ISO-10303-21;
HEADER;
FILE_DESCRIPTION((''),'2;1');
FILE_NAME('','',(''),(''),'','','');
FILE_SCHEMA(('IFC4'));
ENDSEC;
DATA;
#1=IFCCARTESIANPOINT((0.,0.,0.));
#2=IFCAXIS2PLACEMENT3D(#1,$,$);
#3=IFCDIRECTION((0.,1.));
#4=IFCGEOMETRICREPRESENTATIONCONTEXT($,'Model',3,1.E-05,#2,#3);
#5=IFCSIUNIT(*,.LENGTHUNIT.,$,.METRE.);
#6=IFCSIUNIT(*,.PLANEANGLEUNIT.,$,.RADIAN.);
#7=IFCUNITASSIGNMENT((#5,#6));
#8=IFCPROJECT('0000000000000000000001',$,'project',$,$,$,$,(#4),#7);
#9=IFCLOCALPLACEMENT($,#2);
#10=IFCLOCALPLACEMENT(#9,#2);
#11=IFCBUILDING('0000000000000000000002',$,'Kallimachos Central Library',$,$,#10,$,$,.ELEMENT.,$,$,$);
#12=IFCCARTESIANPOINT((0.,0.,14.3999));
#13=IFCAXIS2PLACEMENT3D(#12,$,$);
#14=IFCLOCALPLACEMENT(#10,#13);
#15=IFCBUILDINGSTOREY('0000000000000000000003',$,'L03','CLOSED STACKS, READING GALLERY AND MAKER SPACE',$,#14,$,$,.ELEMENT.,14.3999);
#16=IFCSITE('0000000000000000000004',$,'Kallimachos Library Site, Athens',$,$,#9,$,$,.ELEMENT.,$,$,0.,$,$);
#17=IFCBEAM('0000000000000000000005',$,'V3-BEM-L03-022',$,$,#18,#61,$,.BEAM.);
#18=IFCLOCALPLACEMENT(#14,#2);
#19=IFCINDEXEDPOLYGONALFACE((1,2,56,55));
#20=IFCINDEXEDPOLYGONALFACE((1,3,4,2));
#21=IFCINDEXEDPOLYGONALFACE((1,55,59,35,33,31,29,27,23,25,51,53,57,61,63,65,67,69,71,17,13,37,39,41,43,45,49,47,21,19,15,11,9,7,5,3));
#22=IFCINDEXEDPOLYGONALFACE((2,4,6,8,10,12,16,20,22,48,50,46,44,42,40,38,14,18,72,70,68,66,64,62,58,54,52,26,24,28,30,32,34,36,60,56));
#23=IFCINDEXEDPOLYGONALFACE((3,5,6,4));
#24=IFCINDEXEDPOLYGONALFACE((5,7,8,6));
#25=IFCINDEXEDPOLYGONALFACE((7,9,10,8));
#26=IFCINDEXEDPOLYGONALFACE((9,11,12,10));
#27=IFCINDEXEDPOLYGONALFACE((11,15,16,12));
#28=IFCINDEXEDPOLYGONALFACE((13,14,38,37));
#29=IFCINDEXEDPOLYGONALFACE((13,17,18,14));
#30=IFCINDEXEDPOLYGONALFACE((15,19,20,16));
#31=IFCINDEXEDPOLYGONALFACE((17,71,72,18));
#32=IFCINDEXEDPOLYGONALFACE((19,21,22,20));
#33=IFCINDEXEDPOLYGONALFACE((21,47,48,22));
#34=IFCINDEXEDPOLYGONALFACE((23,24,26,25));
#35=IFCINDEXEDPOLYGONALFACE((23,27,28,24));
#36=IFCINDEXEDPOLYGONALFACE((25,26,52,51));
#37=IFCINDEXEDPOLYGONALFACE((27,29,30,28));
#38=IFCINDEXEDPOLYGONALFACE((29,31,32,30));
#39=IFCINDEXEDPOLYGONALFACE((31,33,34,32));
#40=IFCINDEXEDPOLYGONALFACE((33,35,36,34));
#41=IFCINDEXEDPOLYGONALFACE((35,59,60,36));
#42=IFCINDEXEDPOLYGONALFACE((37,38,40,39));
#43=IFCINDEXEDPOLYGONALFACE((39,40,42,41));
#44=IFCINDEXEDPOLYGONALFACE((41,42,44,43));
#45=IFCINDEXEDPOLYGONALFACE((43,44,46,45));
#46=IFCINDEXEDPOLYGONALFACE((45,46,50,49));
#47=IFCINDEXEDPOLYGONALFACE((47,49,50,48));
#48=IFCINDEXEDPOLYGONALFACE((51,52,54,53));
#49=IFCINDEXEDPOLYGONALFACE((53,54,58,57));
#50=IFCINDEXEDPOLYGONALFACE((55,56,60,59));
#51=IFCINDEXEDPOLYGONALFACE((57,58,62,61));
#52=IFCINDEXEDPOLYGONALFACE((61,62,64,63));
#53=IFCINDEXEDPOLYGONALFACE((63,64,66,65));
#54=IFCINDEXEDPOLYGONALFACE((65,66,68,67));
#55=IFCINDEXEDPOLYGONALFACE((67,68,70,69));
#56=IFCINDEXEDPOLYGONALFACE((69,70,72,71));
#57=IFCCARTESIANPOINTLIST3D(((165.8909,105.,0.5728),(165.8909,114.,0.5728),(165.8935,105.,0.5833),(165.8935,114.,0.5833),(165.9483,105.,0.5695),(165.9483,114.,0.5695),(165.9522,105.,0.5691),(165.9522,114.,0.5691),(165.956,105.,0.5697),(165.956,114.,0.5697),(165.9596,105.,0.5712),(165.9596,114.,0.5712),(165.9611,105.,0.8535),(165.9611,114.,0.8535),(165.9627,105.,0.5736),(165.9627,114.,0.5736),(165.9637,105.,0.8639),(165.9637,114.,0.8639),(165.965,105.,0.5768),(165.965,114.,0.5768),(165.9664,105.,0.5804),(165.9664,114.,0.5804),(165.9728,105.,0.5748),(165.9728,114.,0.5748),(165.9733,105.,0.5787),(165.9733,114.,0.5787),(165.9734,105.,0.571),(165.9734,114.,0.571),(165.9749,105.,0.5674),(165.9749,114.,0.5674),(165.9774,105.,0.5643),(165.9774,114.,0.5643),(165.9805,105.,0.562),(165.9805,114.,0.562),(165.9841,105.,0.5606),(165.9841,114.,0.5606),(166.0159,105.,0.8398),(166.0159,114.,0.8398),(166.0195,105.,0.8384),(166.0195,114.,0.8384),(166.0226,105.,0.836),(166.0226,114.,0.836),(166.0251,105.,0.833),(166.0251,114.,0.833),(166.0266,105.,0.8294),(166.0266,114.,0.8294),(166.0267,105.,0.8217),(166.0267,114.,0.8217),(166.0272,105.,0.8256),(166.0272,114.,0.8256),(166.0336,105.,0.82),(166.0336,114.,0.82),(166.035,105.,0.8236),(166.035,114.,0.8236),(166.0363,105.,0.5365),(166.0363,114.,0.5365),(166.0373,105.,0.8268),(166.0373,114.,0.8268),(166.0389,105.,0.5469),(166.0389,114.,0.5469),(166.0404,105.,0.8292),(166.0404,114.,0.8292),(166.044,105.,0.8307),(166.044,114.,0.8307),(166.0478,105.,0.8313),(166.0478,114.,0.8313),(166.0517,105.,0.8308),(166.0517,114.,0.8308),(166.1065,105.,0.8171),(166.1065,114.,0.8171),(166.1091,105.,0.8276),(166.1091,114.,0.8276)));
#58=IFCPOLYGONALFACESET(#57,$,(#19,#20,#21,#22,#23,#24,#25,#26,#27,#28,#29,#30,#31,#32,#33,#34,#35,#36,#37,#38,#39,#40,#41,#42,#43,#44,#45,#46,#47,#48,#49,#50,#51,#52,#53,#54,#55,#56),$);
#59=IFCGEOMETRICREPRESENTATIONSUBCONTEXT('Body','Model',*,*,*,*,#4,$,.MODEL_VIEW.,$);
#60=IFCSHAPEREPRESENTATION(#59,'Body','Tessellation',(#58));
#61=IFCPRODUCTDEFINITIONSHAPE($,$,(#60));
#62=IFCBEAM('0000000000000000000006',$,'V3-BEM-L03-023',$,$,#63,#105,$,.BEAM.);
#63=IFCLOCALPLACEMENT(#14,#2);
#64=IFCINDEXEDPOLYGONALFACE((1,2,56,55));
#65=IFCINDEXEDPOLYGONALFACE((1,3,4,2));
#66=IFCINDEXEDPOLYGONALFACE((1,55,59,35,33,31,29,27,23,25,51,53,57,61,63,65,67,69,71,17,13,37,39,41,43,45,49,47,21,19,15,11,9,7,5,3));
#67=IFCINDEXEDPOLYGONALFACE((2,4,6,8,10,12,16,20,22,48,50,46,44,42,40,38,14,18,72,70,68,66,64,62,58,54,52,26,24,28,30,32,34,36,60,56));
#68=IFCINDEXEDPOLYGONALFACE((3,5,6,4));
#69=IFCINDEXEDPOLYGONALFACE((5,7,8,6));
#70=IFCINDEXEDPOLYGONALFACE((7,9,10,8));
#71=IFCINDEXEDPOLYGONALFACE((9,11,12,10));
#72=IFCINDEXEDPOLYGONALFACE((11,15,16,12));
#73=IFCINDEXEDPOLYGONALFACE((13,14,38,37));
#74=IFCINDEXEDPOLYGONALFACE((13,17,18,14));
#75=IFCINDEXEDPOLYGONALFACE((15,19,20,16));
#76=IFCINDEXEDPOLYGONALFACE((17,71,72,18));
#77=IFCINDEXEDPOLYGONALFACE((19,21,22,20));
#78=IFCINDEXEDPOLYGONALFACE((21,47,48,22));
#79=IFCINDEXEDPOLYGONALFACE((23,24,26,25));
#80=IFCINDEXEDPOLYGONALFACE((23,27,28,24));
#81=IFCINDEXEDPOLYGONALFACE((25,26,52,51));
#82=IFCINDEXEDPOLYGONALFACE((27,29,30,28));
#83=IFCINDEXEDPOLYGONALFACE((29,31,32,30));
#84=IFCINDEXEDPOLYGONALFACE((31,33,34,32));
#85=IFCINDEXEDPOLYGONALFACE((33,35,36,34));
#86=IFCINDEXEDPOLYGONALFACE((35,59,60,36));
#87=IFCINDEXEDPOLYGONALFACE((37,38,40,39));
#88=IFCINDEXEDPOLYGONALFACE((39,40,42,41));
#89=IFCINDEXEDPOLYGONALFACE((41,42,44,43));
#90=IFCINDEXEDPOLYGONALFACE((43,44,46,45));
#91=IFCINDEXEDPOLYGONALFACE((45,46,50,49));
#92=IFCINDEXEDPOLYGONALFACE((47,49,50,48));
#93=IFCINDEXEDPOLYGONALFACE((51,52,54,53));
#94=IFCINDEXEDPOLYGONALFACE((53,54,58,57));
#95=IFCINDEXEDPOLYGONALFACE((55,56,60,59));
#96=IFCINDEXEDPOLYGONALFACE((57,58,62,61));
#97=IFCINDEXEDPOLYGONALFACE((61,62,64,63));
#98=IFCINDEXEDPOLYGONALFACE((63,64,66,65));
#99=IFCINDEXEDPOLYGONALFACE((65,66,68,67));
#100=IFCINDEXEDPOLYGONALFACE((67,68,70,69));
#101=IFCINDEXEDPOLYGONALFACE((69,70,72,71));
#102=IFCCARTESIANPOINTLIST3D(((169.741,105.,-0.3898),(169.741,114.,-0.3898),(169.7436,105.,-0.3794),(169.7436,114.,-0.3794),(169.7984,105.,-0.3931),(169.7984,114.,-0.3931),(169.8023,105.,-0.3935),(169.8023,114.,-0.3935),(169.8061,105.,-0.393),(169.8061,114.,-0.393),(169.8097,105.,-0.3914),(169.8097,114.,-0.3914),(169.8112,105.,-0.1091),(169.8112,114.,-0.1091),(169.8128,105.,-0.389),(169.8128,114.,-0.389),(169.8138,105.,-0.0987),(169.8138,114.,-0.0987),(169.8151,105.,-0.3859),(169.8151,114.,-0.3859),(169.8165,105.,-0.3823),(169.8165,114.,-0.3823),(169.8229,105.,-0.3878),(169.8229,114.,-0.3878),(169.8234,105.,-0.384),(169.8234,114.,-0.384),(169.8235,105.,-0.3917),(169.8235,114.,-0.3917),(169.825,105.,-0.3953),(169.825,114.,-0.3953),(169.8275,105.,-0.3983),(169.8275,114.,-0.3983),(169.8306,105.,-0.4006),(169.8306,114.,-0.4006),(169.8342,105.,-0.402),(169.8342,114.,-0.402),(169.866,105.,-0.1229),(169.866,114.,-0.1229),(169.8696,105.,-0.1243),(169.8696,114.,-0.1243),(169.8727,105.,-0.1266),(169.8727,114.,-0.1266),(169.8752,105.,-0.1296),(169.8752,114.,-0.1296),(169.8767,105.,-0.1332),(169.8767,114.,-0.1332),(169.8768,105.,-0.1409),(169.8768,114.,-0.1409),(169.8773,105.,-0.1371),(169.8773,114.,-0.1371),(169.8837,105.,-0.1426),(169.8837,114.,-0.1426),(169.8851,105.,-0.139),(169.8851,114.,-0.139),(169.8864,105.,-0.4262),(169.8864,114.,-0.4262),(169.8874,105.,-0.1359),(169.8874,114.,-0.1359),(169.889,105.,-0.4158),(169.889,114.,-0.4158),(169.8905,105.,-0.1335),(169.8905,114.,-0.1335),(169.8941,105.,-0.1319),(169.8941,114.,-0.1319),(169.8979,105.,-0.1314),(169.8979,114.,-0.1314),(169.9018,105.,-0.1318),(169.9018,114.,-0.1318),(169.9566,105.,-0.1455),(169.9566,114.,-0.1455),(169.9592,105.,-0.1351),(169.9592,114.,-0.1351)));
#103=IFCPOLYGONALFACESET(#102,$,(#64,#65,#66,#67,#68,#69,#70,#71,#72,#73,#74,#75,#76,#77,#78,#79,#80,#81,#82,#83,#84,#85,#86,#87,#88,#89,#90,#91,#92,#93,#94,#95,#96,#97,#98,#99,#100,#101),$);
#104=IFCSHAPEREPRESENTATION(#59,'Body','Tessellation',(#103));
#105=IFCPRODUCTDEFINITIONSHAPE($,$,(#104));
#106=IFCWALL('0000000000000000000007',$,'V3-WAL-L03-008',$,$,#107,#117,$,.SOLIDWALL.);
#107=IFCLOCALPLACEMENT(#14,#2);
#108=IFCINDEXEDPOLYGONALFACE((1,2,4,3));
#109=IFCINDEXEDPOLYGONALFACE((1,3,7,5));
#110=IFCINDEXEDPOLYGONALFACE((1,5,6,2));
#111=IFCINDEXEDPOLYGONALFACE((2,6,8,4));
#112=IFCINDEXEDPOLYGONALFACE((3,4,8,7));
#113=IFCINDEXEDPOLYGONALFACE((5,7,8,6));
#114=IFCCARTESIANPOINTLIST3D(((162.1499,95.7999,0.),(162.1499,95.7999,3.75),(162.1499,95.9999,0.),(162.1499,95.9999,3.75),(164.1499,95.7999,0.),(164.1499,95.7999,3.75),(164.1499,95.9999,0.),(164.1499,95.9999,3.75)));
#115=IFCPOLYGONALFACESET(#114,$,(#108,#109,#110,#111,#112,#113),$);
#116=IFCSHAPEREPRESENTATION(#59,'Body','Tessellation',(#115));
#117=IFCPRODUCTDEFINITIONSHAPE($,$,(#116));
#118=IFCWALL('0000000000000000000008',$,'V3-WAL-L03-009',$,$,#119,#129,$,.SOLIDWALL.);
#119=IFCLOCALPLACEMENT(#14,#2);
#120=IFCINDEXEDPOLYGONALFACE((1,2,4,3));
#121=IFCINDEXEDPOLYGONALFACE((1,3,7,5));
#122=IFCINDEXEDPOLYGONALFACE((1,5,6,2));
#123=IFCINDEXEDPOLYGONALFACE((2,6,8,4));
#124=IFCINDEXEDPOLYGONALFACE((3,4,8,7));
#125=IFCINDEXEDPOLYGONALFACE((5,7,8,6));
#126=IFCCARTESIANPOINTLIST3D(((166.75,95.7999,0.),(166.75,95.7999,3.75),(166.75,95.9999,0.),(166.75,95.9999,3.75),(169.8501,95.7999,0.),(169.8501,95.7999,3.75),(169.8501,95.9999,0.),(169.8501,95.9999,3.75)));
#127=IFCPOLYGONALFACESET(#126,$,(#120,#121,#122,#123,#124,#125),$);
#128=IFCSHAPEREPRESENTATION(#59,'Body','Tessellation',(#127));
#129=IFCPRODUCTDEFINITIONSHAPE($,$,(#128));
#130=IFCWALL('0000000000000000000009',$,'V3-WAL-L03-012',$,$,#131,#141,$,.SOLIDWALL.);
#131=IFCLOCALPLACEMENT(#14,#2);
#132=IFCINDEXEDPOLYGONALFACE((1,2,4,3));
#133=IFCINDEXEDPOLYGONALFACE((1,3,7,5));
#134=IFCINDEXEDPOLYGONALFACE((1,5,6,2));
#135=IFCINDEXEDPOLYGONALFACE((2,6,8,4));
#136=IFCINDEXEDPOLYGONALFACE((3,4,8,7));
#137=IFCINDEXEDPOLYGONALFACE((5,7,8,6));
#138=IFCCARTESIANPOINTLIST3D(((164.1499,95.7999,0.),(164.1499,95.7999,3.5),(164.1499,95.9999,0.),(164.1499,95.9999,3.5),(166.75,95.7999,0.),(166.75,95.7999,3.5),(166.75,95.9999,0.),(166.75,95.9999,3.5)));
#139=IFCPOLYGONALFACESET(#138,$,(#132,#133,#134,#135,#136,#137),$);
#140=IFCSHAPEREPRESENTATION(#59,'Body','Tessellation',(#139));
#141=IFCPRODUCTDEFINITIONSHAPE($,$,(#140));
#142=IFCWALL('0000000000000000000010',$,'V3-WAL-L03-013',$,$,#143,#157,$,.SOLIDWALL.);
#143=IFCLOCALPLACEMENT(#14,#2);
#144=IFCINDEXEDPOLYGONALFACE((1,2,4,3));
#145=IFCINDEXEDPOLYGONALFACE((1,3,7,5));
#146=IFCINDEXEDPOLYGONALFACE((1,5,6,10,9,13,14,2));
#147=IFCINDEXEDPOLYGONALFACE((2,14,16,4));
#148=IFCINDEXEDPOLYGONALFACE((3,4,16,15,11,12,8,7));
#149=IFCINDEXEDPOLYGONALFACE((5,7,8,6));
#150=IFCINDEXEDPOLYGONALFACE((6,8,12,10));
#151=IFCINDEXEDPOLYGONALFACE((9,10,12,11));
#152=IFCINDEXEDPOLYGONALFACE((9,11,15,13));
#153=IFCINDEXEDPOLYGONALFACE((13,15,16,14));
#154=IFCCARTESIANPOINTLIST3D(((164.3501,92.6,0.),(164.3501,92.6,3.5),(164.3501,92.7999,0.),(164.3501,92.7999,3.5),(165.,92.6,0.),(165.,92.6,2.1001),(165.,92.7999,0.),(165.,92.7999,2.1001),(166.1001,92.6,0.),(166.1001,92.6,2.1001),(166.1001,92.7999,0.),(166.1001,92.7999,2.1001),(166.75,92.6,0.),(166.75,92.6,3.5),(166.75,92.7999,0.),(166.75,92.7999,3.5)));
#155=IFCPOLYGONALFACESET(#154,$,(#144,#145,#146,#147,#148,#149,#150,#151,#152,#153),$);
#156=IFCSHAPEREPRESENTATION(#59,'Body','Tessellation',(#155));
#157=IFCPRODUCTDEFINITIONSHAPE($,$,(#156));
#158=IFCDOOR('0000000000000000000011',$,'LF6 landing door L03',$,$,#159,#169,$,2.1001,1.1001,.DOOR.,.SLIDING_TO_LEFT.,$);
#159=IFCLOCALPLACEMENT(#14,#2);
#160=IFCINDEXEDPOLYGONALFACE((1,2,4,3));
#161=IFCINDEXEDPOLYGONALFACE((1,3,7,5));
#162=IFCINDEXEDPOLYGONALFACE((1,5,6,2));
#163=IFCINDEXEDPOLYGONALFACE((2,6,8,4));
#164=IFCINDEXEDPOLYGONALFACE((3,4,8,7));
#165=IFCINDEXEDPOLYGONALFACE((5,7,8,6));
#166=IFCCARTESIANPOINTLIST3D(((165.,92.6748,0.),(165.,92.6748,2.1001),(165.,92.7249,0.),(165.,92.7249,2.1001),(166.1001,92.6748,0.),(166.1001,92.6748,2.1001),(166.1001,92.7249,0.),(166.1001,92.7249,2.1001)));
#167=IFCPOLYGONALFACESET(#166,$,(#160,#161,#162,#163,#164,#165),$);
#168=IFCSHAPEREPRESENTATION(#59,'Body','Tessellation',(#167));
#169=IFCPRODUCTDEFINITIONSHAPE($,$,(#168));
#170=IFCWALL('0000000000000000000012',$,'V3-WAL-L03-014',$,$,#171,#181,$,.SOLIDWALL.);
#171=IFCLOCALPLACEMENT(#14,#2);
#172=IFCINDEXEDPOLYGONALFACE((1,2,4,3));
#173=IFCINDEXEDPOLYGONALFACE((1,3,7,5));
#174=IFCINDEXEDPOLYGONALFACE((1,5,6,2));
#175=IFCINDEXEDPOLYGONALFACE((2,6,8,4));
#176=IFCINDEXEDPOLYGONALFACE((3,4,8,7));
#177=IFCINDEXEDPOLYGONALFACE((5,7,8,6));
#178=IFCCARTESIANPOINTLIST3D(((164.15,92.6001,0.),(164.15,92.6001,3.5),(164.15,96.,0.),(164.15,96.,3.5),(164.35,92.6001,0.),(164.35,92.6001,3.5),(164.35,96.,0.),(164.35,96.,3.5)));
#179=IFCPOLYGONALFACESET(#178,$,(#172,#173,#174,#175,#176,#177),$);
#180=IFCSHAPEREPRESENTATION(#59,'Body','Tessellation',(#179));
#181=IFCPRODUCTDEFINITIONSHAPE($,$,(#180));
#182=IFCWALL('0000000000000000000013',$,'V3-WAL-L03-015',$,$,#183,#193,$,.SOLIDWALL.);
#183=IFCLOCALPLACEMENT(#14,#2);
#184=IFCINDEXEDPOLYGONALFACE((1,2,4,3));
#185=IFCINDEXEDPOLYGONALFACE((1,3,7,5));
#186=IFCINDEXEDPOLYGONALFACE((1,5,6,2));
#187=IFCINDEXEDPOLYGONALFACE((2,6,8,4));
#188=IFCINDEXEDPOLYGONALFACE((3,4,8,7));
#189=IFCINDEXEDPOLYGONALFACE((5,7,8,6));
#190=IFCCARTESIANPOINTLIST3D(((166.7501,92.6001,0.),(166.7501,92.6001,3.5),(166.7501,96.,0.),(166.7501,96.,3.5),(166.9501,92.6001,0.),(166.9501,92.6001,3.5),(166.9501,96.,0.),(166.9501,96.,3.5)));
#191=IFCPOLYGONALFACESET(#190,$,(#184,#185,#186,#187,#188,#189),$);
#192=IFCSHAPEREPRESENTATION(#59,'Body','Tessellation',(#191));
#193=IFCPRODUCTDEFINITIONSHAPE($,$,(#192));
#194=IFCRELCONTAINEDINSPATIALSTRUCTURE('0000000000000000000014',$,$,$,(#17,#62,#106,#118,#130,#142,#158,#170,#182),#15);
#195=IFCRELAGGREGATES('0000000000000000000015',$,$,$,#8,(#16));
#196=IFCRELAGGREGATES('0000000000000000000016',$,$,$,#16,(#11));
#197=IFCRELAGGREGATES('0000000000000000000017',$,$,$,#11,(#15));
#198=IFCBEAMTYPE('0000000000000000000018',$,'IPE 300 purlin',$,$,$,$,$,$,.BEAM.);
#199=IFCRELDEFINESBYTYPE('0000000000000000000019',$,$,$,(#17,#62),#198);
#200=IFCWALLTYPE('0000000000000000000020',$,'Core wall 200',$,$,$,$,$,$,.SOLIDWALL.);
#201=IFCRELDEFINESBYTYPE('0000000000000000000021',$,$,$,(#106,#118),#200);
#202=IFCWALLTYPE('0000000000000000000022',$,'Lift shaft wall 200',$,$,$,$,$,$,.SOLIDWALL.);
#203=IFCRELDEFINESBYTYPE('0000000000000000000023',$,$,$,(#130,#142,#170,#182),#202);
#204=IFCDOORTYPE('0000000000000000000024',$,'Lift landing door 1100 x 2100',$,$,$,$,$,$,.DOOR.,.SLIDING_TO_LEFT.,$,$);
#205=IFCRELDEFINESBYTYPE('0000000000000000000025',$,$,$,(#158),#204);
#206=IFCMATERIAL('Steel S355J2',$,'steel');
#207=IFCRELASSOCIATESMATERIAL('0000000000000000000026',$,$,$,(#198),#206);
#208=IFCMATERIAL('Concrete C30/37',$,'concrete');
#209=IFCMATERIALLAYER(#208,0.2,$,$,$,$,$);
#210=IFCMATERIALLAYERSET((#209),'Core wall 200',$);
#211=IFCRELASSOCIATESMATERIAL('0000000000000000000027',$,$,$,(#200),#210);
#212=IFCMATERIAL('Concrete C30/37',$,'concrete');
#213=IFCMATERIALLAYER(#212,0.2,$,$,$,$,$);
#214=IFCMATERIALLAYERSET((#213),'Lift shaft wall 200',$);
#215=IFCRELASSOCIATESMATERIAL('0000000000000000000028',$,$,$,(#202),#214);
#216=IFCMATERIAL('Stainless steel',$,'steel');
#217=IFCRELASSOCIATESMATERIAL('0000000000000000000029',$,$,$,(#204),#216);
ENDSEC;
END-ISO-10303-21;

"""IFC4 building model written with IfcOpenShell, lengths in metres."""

from ifc_helpers import new_model, si_unit, direction, frame, frame_2d, origin, origin_2d, place, context, subcontext, project, spatial, rectangle, i_section, extrude, material, layer, layer_set, material_profile, profile_set, type_object, element, fill, save


model = new_model("IFC4")

# Units and contexts
model_context = context("Model", 3, precision=1e-05, world=origin(), true_north=direction((0.0, 1.0)))
body_context = subcontext(model_context, "Body", "Model", "MODEL_VIEW")
ifc_project = project(units=[si_unit("LENGTHUNIT", "METRE"), si_unit("PLANEANGLEUNIT", "RADIAN")], contexts=[model_context])

# Site, building, storey
site_placement = place(None, origin())
site = spatial("IfcSite", under=ifc_project, at=site_placement, Name="Kallimachos Library Site, Athens", CompositionType="ELEMENT", RefElevation=0.0)
building_placement = place(site_placement, origin())
building = spatial("IfcBuilding", under=site, at=building_placement, Name="Kallimachos Central Library", CompositionType="ELEMENT")
storey_placement = place(building_placement, frame((0.0, 0.0, 14.3999)))
storey = spatial("IfcBuildingStorey", under=building, at=storey_placement, Name="L03", Description="CLOSED STACKS, READING GALLERY AND MAKER SPACE", CompositionType="ELEMENT", Elevation=14.3999)

# Beams
ifc_material_1 = material(Name="Steel S355J2", Category="steel")
ifc_material_profile_1 = material_profile(ifc_material_1, i_section(OverallWidth=0.1499, OverallDepth=0.3, WebThickness=0.0071, FlangeThickness=0.0107, FilletRadius=0.0149, at=origin_2d()), Name="IPE 300")
ifc_profile_set_1 = profile_set([ifc_material_profile_1], Name="Steel S355J2")
beam_type = type_object("IfcBeamType", Name="IPE 300 purlin", PredefinedType="BEAM", material=ifc_profile_set_1)
for number, where, z_axis, x_axis, name in (
    (1, (166.0, 105.0, 0.7002), (0.0, 1.0, 0.0), (-0.970143, 0.0, 0.242536), "V3-BEM-L03-022"),
    (2, (169.8501, 105.0, -0.2625), (0.0, 1.0, 0.0), (-0.970143, 0.0, 0.242536), "V3-BEM-L03-023"),
):
    element("IfcBeam", number, at=place(storey_placement, frame(where, z_axis=z_axis, x_axis=x_axis)), inside=storey, type_object=beam_type, Name=name, PredefinedType="BEAM", context=body_context, shape_type="SweptSolid", body=[
        extrude(i_section(OverallWidth=0.1499, OverallDepth=0.3, WebThickness=0.0071, FlangeThickness=0.0107, FilletRadius=0.0149, at=origin_2d()), origin(), (0.0, 0.0, 1.0), 9.0),
    ])

# Walls
ifc_material_2 = material(Name="Concrete C30/37", Category="concrete")
ifc_layer_1 = layer(ifc_material_2, 0.2)
ifc_layer_set_1 = layer_set([ifc_layer_1], Name="Core wall 200")
wall_type_1 = type_object("IfcWallType", Name="Core wall 200", PredefinedType="SOLIDWALL", material=ifc_layer_set_1)
wall_1_placement = place(storey_placement, frame((162.1499, 95.8999, 0.0), z_axis=(0.0, 0.0, 1.0), x_axis=(1.0, 0.0, 0.0)))
element("IfcWall", 3, at=wall_1_placement, inside=storey, type_object=wall_type_1, Name="V3-WAL-L03-008", PredefinedType="SOLIDWALL", context=body_context, shape_type="SweptSolid", body=[
    extrude(rectangle(XDim=2.0, YDim=0.2, at=frame_2d((1.0, 0.0))), origin(), (0.0, 0.0, 1.0), 3.75),
])
wall_2_placement = place(storey_placement, frame((166.75, 95.8999, 0.0), z_axis=(0.0, 0.0, 1.0), x_axis=(1.0, 0.0, 0.0)))
element("IfcWall", 4, at=wall_2_placement, inside=storey, type_object=wall_type_1, Name="V3-WAL-L03-009", PredefinedType="SOLIDWALL", context=body_context, shape_type="SweptSolid", body=[
    extrude(rectangle(XDim=3.1001, YDim=0.2, at=frame_2d((1.55, 0.0))), origin(), (0.0, 0.0, 1.0), 3.75),
])
ifc_material_3 = material(Name="Concrete C30/37", Category="concrete")
ifc_layer_2 = layer(ifc_material_3, 0.2)
ifc_layer_set_2 = layer_set([ifc_layer_2], Name="Lift shaft wall 200")
wall_type_2 = type_object("IfcWallType", Name="Lift shaft wall 200", PredefinedType="SOLIDWALL", material=ifc_layer_set_2)
wall_3_placement = place(storey_placement, frame((164.1499, 95.8999, 0.0), z_axis=(0.0, 0.0, 1.0), x_axis=(1.0, 0.0, 0.0)))
element("IfcWall", 5, at=wall_3_placement, inside=storey, type_object=wall_type_2, Name="V3-WAL-L03-012", PredefinedType="SOLIDWALL", context=body_context, shape_type="SweptSolid", body=[
    extrude(rectangle(XDim=2.6001, YDim=0.2, at=frame_2d((1.3, 0.0))), origin(), (0.0, 0.0, 1.0), 3.5),
])

# Wall, opening, door
wall_4_placement = place(storey_placement, frame((164.3501, 92.7, 0.0), z_axis=(0.0, 0.0, 1.0), x_axis=(1.0, 0.0, 0.0)))
wall_4 = element("IfcWall", 6, at=wall_4_placement, inside=storey, type_object=wall_type_2, Name="V3-WAL-L03-013", PredefinedType="SOLIDWALL", context=body_context, shape_type="SweptSolid", body=[
    extrude(rectangle(XDim=2.3999, YDim=0.2, at=frame_2d((1.2, 0.0))), origin(), (0.0, 0.0, 1.0), 3.5),
])
opening_placement = place(wall_4_placement, frame((0.6499, 0.0, 0.0)))
opening = element("IfcOpeningElement", 7, at=opening_placement, cuts=wall_4, PredefinedType="OPENING", context=body_context, shape_type="SweptSolid", body=[
    extrude(rectangle(XDim=1.1001, YDim=2.1001, at=frame_2d((0.55, 1.05))), frame((0.0, 0.1099, 0.0), z_axis=(0.0, -1.0, 0.0), x_axis=(1.0, 0.0, 0.0)), (0.0, 0.0, 1.0), 0.22),
])
ifc_material_4 = material(Name="Stainless steel", Category="steel")
door_type = type_object("IfcDoorType", Name="Lift landing door 1100 x 2100", OperationType="SLIDING_TO_LEFT", PredefinedType="DOOR", material=ifc_material_4)
door_placement = place(opening_placement, origin())
door = element("IfcDoor", 8, at=door_placement, inside=storey, type_object=door_type, Name="LF6 landing door L03", OperationType="SLIDING_TO_LEFT", OverallHeight=2.1001, OverallWidth=1.1001, PredefinedType="DOOR", context=body_context, shape_type="SweptSolid", body=[
    extrude(rectangle(XDim=1.1001, YDim=2.1001, at=frame_2d((0.55, 1.05))), frame((0.0, 0.0249, 0.0), z_axis=(0.0, -1.0, 0.0), x_axis=(1.0, 0.0, 0.0)), (0.0, 0.0, 1.0), 0.05),
])
fill(opening, door)

# Walls
for number, where, z_axis, x_axis, name in (
    (9, (164.25, 92.6001, 0.0), (0.0, 0.0, 1.0), (0.0, 1.0, 0.0), "V3-WAL-L03-014"),
    (10, (166.8501, 92.6001, 0.0), (0.0, 0.0, 1.0), (0.0, 1.0, 0.0), "V3-WAL-L03-015"),
):
    element("IfcWall", number, at=place(storey_placement, frame(where, z_axis=z_axis, x_axis=x_axis)), inside=storey, type_object=wall_type_2, Name=name, PredefinedType="SOLIDWALL", context=body_context, shape_type="SweptSolid", body=[
        extrude(rectangle(XDim=3.3999, YDim=0.2, at=frame_2d((1.7, 0.0))), origin(), (0.0, 0.0, 1.0), 3.5),
    ])

save(model, "model.ifc")
